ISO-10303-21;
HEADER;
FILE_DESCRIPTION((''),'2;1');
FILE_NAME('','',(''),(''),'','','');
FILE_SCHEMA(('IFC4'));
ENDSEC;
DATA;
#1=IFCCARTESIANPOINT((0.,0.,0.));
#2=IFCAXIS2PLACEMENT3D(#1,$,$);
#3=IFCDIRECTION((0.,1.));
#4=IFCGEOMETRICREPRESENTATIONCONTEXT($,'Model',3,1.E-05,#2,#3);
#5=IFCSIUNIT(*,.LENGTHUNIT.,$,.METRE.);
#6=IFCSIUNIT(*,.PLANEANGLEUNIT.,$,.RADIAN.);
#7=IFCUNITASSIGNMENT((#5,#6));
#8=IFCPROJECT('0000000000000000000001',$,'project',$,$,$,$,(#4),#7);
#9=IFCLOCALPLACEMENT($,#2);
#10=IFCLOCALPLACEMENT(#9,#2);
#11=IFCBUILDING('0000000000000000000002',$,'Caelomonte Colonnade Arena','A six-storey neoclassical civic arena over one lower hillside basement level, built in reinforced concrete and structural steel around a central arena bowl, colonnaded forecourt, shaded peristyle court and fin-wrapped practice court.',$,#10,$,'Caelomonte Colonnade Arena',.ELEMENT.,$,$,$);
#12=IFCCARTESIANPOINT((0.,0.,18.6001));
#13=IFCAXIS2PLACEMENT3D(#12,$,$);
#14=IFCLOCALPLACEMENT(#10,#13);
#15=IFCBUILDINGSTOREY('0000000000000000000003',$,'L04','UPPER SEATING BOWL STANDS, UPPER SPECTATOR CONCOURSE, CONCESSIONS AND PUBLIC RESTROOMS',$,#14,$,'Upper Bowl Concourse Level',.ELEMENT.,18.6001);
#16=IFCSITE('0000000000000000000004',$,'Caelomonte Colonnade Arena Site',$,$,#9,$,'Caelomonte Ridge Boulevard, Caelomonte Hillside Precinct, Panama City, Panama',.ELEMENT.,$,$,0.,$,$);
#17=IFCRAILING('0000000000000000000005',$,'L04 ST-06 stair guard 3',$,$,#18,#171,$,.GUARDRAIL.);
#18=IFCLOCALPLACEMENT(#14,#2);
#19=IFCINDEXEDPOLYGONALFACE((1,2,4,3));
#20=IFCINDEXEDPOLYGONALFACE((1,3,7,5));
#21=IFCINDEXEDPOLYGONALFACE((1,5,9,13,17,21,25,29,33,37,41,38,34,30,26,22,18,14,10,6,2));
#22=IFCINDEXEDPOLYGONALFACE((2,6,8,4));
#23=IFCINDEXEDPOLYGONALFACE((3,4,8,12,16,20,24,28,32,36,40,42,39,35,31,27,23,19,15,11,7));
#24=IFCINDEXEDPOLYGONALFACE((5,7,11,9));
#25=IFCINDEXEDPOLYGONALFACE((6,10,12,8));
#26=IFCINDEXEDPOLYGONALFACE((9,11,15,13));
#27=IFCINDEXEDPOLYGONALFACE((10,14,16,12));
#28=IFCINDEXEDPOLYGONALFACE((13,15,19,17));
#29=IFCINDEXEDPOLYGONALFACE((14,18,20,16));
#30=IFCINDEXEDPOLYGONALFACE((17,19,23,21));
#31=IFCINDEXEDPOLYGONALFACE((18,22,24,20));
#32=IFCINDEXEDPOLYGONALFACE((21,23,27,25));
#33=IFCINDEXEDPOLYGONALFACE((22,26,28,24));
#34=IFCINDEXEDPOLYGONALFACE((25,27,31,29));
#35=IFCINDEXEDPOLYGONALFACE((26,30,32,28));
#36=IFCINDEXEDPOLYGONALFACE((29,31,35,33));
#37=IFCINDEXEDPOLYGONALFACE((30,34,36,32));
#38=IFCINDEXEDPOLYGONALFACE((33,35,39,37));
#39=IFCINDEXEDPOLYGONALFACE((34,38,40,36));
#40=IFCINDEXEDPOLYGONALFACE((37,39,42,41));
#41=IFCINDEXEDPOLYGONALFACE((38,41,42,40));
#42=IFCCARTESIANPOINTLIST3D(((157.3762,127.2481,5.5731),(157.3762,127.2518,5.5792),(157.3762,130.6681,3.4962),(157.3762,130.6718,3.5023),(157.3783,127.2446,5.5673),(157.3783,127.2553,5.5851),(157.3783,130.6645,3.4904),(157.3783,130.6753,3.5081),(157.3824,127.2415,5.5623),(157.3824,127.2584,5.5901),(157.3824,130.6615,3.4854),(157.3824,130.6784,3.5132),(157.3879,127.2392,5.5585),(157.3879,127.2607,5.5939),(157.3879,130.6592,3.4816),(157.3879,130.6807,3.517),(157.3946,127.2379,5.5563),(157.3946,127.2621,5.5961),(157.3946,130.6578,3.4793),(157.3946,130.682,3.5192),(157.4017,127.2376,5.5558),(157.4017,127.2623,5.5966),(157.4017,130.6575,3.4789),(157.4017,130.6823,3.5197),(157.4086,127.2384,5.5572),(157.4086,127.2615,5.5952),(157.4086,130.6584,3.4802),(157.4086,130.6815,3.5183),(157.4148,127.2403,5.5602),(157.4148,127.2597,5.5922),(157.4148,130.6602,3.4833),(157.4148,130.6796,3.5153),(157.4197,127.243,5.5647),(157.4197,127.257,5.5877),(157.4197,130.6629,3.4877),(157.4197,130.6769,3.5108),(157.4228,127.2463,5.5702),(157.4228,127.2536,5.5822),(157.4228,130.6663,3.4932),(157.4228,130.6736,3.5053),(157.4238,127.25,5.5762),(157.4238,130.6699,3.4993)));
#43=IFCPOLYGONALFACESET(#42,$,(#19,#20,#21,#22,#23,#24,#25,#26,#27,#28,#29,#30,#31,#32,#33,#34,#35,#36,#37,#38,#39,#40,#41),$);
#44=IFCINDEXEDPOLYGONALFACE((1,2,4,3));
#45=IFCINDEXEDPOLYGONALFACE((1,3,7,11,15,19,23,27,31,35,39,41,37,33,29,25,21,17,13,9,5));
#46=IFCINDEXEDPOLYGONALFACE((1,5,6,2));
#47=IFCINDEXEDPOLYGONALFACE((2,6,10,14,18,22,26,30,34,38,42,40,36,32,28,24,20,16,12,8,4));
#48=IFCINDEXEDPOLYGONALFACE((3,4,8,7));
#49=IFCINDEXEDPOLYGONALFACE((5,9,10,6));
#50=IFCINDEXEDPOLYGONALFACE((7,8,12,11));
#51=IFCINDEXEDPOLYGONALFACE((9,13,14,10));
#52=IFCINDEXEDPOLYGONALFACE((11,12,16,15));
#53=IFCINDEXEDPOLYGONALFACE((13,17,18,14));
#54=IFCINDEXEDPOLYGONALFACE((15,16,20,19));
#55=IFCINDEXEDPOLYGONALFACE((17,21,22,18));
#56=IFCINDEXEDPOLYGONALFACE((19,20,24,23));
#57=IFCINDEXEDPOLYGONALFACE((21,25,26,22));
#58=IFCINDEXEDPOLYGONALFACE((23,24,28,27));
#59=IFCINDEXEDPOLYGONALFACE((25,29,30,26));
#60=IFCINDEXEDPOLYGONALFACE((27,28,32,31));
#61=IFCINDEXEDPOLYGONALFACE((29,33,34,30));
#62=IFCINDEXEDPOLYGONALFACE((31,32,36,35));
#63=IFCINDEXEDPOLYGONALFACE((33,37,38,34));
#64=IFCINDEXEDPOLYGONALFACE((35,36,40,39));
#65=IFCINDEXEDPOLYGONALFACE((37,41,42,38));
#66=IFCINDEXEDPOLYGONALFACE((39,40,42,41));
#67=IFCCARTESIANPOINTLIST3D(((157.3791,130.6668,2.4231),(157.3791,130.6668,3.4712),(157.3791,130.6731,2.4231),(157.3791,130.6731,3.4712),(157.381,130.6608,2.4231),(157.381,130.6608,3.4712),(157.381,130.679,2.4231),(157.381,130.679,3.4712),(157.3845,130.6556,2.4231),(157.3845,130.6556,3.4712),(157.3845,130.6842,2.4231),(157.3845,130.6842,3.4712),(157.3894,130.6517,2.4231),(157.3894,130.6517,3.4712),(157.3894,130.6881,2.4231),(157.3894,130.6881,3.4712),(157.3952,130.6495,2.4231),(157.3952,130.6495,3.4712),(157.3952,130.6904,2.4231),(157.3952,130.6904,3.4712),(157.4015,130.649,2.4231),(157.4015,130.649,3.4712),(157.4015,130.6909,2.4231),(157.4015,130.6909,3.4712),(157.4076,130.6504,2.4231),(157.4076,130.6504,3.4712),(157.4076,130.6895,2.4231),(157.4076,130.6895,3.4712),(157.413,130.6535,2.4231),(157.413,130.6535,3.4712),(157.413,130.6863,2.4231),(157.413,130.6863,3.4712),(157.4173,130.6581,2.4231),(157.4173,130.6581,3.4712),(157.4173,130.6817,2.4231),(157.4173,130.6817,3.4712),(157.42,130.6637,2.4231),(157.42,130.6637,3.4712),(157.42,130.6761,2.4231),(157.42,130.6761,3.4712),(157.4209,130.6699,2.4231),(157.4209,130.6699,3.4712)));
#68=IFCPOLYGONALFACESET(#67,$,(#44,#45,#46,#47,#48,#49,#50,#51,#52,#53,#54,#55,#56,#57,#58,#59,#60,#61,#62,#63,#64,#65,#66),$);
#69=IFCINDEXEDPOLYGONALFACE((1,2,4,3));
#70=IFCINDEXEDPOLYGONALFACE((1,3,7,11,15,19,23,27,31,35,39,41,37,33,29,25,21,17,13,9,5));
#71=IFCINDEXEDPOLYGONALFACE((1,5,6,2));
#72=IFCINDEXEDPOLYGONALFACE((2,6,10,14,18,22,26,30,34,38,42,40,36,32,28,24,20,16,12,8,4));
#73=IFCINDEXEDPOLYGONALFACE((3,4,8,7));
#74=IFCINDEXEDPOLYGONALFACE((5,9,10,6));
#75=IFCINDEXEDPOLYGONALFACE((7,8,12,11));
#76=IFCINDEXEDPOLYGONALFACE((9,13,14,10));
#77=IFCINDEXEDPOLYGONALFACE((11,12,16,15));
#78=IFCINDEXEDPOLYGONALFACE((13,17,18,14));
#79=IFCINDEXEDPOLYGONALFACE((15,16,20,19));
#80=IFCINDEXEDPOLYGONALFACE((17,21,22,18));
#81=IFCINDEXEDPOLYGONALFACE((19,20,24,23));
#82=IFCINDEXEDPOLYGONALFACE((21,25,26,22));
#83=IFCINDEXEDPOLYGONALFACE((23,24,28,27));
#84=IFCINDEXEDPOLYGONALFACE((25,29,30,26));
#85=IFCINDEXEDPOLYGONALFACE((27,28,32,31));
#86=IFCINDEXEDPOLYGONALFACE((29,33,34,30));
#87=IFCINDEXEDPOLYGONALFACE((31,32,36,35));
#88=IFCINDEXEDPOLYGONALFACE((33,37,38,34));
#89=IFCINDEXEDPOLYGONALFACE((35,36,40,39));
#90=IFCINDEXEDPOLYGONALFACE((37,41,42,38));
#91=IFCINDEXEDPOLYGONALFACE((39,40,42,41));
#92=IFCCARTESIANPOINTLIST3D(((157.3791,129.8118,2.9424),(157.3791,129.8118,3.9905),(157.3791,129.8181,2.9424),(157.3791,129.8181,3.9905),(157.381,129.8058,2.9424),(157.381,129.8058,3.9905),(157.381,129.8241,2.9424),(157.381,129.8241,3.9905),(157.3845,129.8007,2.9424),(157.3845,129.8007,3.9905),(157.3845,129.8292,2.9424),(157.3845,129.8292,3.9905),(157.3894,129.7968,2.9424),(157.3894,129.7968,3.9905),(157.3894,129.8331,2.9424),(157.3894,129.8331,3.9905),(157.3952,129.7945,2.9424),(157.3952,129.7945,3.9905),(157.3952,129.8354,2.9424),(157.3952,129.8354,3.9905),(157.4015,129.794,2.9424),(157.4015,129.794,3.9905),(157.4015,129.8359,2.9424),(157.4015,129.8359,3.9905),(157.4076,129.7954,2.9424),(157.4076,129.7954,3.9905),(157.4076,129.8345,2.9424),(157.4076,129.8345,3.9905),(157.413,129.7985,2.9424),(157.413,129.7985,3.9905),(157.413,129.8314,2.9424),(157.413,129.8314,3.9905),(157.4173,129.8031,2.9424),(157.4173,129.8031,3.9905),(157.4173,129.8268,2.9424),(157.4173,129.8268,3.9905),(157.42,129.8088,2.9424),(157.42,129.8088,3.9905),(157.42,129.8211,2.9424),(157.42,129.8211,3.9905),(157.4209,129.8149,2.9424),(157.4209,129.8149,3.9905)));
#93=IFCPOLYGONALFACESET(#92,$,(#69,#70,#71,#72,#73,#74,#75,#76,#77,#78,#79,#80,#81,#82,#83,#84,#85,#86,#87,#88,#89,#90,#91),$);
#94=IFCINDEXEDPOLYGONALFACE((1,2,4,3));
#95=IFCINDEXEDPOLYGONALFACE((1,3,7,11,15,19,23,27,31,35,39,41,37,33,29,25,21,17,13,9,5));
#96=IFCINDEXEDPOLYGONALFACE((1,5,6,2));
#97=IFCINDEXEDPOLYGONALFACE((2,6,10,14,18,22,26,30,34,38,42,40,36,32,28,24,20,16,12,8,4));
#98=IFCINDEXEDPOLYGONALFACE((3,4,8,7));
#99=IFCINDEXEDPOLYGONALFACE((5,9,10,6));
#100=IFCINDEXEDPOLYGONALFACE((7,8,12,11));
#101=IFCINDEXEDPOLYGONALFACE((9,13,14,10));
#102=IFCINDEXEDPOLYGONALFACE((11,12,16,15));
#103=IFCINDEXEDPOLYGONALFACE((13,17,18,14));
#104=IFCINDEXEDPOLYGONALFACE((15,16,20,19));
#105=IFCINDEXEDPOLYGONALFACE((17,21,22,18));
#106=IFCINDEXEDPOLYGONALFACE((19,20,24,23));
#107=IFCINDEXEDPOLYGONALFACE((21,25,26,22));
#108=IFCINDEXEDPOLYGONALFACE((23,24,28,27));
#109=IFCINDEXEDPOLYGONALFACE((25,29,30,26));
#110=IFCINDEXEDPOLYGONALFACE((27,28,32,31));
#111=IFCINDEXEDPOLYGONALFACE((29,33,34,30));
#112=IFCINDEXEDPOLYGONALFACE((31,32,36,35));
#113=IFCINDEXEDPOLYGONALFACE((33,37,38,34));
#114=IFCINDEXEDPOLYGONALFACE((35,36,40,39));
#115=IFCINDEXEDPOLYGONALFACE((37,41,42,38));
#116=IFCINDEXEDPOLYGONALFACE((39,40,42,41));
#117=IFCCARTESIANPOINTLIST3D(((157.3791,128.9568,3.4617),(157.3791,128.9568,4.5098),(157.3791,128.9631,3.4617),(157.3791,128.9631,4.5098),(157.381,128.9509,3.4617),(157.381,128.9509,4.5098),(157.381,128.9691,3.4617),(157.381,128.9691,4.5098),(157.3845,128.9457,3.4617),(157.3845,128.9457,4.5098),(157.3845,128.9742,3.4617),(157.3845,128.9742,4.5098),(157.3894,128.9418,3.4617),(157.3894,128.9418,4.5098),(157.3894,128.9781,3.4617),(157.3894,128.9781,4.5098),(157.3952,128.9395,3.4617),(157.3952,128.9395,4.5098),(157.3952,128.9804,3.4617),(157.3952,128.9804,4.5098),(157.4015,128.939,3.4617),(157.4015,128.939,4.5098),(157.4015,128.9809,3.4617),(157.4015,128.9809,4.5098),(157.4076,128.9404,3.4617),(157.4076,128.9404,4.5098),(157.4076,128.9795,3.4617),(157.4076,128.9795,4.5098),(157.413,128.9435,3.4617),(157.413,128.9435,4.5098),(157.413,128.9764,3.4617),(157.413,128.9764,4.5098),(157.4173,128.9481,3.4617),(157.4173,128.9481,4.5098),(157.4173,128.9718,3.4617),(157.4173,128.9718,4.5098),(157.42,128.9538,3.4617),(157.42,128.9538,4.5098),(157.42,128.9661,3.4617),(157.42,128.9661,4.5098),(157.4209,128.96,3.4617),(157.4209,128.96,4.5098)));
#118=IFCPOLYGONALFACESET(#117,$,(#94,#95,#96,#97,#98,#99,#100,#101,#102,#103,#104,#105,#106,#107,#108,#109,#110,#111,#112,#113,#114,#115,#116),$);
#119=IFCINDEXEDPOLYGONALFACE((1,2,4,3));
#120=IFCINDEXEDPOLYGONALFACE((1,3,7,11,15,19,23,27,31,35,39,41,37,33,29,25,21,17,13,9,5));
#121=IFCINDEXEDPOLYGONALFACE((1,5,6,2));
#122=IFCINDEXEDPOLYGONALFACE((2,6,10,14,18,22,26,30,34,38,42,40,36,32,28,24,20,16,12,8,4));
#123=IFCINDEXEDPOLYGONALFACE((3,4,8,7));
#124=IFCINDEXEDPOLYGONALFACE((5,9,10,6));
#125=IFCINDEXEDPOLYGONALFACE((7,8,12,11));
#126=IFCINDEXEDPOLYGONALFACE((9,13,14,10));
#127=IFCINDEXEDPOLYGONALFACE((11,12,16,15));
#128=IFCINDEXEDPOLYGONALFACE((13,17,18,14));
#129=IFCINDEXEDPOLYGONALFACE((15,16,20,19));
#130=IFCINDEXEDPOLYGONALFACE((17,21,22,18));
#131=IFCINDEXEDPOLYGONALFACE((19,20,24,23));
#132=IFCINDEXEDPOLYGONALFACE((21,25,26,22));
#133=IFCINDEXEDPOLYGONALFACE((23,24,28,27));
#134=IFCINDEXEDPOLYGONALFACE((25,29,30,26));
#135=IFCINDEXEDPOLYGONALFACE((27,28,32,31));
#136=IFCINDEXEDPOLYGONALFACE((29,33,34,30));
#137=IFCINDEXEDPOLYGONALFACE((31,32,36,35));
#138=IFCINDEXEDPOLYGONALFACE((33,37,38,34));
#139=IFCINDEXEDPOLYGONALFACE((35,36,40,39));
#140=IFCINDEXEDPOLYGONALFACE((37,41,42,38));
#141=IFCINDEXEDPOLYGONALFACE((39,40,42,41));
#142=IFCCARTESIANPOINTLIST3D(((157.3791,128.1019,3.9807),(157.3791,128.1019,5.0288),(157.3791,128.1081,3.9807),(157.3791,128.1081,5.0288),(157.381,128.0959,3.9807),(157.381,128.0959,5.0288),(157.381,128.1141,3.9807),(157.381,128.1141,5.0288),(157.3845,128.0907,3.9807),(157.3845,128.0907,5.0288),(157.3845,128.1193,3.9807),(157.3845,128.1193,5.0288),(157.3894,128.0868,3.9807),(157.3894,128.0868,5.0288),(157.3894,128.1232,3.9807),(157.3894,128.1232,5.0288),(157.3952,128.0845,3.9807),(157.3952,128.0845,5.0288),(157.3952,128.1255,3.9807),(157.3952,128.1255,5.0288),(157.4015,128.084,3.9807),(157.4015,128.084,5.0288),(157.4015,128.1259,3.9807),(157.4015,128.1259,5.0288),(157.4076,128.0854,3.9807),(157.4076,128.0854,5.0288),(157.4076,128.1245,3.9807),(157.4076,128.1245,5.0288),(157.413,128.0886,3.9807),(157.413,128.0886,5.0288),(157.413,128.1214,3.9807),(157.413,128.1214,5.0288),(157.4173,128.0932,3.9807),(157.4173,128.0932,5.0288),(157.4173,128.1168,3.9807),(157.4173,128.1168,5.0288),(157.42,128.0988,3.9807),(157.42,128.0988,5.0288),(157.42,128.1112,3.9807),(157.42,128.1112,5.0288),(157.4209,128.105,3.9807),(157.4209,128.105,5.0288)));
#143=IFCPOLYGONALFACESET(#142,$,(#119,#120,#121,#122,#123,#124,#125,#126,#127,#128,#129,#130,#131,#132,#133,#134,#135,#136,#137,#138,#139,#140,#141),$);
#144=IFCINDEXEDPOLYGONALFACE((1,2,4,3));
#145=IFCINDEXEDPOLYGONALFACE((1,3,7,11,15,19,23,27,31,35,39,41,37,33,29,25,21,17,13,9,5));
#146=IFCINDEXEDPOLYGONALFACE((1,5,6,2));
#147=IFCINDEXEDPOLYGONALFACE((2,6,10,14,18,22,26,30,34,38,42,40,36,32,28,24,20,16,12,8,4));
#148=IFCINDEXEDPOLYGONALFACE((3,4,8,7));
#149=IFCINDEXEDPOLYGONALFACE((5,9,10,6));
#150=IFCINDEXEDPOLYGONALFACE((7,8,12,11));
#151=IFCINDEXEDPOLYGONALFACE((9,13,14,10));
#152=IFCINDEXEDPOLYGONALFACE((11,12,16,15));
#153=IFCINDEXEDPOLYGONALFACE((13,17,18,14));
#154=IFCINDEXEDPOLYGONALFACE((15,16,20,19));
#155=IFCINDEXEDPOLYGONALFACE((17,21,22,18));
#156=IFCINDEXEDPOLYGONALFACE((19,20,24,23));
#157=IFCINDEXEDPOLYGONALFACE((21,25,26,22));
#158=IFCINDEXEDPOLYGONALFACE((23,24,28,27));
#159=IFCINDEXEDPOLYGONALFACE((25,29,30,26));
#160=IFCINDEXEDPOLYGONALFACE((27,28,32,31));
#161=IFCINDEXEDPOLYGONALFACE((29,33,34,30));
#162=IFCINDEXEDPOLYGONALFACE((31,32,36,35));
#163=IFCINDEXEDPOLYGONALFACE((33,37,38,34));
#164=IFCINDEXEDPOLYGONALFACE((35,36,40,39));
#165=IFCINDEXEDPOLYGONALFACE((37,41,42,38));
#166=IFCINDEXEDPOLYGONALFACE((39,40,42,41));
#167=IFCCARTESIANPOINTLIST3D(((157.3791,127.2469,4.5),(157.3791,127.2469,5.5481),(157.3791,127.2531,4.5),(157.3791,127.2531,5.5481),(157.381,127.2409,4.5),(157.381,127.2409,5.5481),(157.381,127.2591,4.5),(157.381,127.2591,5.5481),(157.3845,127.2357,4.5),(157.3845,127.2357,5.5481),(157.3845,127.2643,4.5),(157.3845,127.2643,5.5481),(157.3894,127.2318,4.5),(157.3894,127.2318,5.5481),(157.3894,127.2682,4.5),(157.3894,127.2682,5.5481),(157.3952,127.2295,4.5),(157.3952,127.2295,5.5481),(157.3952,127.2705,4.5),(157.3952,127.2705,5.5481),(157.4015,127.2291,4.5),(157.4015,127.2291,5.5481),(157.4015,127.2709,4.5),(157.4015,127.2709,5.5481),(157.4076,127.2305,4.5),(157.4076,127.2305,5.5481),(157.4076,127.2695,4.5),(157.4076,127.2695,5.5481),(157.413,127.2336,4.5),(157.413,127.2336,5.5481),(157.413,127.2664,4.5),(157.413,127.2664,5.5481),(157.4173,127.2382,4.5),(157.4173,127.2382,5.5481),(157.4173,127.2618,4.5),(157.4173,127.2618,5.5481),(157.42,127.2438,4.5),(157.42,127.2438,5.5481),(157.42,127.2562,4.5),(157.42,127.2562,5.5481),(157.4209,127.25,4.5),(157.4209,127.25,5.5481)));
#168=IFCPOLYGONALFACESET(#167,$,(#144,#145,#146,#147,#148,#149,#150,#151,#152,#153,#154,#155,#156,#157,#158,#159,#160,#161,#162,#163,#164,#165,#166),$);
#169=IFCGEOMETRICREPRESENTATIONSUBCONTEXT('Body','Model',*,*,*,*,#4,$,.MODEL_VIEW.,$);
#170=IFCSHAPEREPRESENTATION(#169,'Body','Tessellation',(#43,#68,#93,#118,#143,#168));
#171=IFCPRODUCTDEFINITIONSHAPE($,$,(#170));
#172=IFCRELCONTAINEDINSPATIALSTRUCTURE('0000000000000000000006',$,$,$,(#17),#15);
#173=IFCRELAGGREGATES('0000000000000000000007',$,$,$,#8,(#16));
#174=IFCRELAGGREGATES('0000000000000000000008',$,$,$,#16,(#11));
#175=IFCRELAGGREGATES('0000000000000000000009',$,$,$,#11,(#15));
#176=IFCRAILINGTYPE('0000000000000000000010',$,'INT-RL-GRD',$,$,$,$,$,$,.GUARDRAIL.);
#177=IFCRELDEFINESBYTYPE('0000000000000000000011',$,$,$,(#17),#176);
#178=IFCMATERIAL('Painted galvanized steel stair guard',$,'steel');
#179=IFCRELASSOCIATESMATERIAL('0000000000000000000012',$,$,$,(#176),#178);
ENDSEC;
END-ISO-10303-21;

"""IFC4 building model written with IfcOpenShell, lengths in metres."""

from ifc_helpers import new_model, si_unit, direction, frame, origin, origin_2d, place, context, subcontext, project, spatial, circle, extrude, material, type_object, element, save


model = new_model("IFC4")

# Units and contexts
model_context = context("Model", 3, precision=1e-05, world=origin(), true_north=direction((0.0, 1.0)))
body_context = subcontext(model_context, "Body", "Model", "MODEL_VIEW")
ifc_project = project(units=[si_unit("LENGTHUNIT", "METRE"), si_unit("PLANEANGLEUNIT", "RADIAN")], contexts=[model_context])

# Site, building, storey
site_placement = place(None, origin())
site = spatial("IfcSite", under=ifc_project, at=site_placement, Name="Caelomonte Colonnade Arena Site", LongName="Caelomonte Ridge Boulevard, Caelomonte Hillside Precinct, Panama City, Panama", CompositionType="ELEMENT", RefElevation=0.0)
building_placement = place(site_placement, origin())
building = spatial("IfcBuilding", under=site, at=building_placement, Name="Caelomonte Colonnade Arena", Description="A six-storey neoclassical civic arena over one lower hillside basement level, built in reinforced concrete and structural steel around a central arena bowl, colonnaded forecourt, shaded peristyle court and fin-wrapped practice court.", LongName="Caelomonte Colonnade Arena", CompositionType="ELEMENT")
storey_placement = place(building_placement, frame((0.0, 0.0, 18.6001)))
storey = spatial("IfcBuildingStorey", under=building, at=storey_placement, Name="L04", Description="UPPER SEATING BOWL STANDS, UPPER SPECTATOR CONCOURSE, CONCESSIONS AND PUBLIC RESTROOMS", LongName="Upper Bowl Concourse Level", CompositionType="ELEMENT", Elevation=18.6001)

# Railing
ifc_material_1 = material(Name="Painted galvanized steel stair guard", Category="steel")
railing_type_1 = type_object("IfcRailingType", Name="INT-RL-GRD", PredefinedType="GUARDRAIL", material=ifc_material_1)
railing_1_placement = place(storey_placement, frame((157.3999, 130.6699, 2.4231)))
element("IfcRailing", 1, at=railing_1_placement, inside=storey, type_object=railing_type_1, Name="L04 ST-06 stair guard 3", PredefinedType="GUARDRAIL", context=body_context, shape_type="SweptSolid", body=[
    extrude(circle(Radius=0.0239, at=origin_2d()), frame((0.0, 0.0, 1.0762), z_axis=(0.0, -0.85473, 0.519074), x_axis=(1.0, 0.0, 0.0)), (0.0, 0.0, 1.0), 4.0012),
    extrude(circle(Radius=0.021, at=origin_2d()), origin(), (0.0, 0.0, 1.0), 1.0481),
    extrude(circle(Radius=0.021, at=origin_2d()), frame((0.0, -0.855, 0.5193)), (0.0, 0.0, 1.0), 1.0481),
    extrude(circle(Radius=0.021, at=origin_2d()), frame((0.0, -1.71, 1.0386)), (0.0, 0.0, 1.0), 1.0481),
    extrude(circle(Radius=0.021, at=origin_2d()), frame((0.0, -2.5649, 1.5576)), (0.0, 0.0, 1.0), 1.0481),
    extrude(circle(Radius=0.021, at=origin_2d()), frame((0.0, -3.4199, 2.0769)), (0.0, 0.0, 1.0), 1.0481),
])

save(model, "model.ifc")
